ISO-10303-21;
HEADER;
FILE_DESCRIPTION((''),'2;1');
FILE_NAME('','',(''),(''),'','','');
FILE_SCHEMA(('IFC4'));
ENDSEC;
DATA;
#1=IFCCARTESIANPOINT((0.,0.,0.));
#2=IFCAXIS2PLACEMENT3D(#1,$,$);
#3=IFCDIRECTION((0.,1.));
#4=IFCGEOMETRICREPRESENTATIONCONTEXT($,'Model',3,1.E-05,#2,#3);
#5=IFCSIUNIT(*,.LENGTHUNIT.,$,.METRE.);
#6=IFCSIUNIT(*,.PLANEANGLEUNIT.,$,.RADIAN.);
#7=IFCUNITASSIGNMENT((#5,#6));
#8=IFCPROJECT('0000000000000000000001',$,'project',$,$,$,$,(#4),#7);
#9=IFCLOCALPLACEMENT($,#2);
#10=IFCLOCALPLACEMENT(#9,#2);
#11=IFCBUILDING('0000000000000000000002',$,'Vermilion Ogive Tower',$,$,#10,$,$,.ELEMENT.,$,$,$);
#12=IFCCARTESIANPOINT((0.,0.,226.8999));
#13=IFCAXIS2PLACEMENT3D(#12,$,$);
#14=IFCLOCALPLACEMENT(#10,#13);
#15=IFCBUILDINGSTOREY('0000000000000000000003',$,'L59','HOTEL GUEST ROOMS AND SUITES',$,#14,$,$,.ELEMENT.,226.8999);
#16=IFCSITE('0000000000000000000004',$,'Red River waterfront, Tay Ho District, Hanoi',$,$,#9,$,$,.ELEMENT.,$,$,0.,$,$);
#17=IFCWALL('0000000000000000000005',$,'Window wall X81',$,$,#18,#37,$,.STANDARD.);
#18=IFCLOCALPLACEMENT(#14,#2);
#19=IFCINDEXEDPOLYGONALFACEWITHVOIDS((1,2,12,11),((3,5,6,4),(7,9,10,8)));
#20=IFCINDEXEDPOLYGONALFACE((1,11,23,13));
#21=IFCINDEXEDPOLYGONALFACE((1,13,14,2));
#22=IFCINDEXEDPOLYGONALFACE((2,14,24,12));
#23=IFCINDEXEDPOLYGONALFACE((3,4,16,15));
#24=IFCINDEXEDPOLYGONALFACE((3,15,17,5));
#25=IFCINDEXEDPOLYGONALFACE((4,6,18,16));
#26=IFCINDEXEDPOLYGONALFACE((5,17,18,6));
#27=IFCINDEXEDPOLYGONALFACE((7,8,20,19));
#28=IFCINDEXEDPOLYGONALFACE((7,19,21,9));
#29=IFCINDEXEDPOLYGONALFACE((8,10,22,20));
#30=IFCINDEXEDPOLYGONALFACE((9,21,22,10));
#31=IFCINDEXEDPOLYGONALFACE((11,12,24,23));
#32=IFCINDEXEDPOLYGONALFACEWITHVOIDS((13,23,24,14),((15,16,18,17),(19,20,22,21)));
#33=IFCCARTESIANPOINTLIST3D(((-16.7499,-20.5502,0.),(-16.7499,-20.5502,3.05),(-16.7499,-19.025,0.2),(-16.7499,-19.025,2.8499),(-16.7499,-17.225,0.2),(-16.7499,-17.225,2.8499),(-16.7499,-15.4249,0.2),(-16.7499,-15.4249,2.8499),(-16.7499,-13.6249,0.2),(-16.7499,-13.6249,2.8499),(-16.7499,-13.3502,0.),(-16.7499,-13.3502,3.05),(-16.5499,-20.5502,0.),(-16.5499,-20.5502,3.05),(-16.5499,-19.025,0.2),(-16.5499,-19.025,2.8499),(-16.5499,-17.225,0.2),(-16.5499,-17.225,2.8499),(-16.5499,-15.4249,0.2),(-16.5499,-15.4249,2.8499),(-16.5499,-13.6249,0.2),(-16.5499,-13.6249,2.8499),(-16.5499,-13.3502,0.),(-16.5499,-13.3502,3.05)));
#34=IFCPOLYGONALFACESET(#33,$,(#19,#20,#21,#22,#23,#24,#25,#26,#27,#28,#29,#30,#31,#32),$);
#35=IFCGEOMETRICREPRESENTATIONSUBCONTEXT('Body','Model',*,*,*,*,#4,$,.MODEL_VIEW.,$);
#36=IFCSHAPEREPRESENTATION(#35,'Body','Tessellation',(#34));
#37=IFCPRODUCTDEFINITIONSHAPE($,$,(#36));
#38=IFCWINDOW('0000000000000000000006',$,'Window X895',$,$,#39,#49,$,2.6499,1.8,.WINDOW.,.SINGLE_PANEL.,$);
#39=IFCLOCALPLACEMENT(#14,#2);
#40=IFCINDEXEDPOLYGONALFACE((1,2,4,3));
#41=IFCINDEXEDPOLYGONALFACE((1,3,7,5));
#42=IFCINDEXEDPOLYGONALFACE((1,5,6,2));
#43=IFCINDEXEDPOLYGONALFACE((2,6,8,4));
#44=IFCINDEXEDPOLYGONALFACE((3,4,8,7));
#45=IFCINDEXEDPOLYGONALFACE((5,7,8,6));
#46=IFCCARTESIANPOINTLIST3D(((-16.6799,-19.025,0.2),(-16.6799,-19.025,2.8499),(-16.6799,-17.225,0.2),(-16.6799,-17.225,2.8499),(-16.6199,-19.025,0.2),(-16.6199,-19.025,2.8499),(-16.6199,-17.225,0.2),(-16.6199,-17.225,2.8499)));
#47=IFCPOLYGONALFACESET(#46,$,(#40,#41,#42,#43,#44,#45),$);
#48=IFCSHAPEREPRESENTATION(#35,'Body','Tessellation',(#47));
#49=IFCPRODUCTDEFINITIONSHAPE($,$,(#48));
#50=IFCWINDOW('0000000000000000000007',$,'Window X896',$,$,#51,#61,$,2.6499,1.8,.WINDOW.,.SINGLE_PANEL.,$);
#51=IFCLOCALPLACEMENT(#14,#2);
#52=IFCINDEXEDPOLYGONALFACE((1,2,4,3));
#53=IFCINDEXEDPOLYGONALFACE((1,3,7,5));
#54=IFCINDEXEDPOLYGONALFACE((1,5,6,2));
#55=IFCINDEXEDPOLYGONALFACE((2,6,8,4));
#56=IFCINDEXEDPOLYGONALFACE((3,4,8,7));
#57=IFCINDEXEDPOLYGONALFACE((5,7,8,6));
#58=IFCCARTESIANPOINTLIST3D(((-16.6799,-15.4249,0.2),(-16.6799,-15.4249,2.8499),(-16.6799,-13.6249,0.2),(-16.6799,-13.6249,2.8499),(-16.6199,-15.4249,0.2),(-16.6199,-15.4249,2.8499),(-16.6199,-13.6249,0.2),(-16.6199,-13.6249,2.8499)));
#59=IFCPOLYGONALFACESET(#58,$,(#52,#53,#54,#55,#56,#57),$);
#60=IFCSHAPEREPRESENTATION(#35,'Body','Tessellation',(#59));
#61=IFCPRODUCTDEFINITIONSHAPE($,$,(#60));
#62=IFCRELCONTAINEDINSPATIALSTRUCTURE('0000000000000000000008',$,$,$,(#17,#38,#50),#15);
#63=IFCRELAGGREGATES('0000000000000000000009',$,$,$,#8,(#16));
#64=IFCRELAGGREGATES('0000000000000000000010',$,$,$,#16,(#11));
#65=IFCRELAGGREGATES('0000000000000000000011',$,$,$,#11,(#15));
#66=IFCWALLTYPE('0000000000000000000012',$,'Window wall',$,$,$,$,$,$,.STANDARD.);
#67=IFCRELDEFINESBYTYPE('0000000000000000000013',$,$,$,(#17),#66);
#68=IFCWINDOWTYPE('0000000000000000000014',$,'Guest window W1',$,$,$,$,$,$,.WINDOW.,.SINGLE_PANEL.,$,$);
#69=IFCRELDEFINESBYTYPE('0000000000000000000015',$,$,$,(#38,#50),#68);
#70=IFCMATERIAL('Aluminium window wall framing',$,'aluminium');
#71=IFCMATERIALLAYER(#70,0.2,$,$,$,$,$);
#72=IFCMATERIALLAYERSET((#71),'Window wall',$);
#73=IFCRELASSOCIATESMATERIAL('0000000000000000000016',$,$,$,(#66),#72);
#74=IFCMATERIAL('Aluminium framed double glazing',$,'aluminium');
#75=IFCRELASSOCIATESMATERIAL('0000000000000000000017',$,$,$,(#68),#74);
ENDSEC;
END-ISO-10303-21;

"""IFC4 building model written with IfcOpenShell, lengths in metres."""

from ifc_helpers import new_model, si_unit, direction, frame, frame_2d, origin, place, context, subcontext, project, spatial, rectangle, extrude, material, layer, layer_set, type_object, element, fill, save


model = new_model("IFC4")

# Units and contexts
model_context = context("Model", 3, precision=1e-05, world=origin(), true_north=direction((0.0, 1.0)))
body_context = subcontext(model_context, "Body", "Model", "MODEL_VIEW")
ifc_project = project(units=[si_unit("LENGTHUNIT", "METRE"), si_unit("PLANEANGLEUNIT", "RADIAN")], contexts=[model_context])

# Site, building, storey
site_placement = place(None, origin())
site = spatial("IfcSite", under=ifc_project, at=site_placement, Name="Red River waterfront, Tay Ho District, Hanoi", CompositionType="ELEMENT", RefElevation=0.0)
building_placement = place(site_placement, origin())
building = spatial("IfcBuilding", under=site, at=building_placement, Name="Vermilion Ogive Tower", CompositionType="ELEMENT")
storey_placement = place(building_placement, frame((0.0, 0.0, 226.8999)))
storey = spatial("IfcBuildingStorey", under=building, at=storey_placement, Name="L59", Description="HOTEL GUEST ROOMS AND SUITES", CompositionType="ELEMENT", Elevation=226.8999)

# Shared definitions
ifc_material_1 = material(Name="Aluminium window wall framing", Category="aluminium")
ifc_layer_1 = layer(ifc_material_1, 0.2)
ifc_layer_set_1 = layer_set([ifc_layer_1], Name="Window wall")
wall_type_1 = type_object("IfcWallType", Name="Window wall", PredefinedType="STANDARD", material=ifc_layer_set_1)

# Wall, openings, windows
wall_1_placement = place(storey_placement, frame((-16.6499, -13.3501, 0.0), z_axis=(0.0, 0.0, 1.0), x_axis=(0.0, -1.0, 0.0)))
wall_1 = element("IfcWall", 1, at=wall_1_placement, inside=storey, type_object=wall_type_1, Name="Window wall X81", PredefinedType="STANDARD", context=body_context, shape_type="SweptSolid", body=[
    extrude(rectangle(XDim=7.2, YDim=0.2, at=frame_2d((3.6001, 0.0))), origin(), (0.0, 0.0, 1.0), 3.05),
])
opening_1_placement = place(wall_1_placement, frame((3.875, 0.0, 0.2)))
opening_1 = element("IfcOpeningElement", 2, at=opening_1_placement, cuts=wall_1, PredefinedType="OPENING", context=body_context, shape_type="SweptSolid", body=[
    extrude(rectangle(XDim=1.8, YDim=2.6499, at=frame_2d((0.8999, 1.325))), frame((0.0, 0.1099, 0.0), z_axis=(0.0, -1.0, 0.0), x_axis=(1.0, 0.0, 0.0)), (0.0, 0.0, 1.0), 0.22),
])
opening_2_placement = place(wall_1_placement, frame((0.2749, 0.0, 0.2)))
opening_2 = element("IfcOpeningElement", 3, at=opening_2_placement, cuts=wall_1, PredefinedType="OPENING", context=body_context, shape_type="SweptSolid", body=[
    extrude(rectangle(XDim=1.8, YDim=2.6499, at=frame_2d((0.8999, 1.325))), frame((0.0, 0.1099, 0.0), z_axis=(0.0, -1.0, 0.0), x_axis=(1.0, 0.0, 0.0)), (0.0, 0.0, 1.0), 0.22),
])
ifc_material_2 = material(Name="Aluminium framed double glazing", Category="aluminium")
window_type = type_object("IfcWindowType", Name="Guest window W1", PartitioningType="SINGLE_PANEL", PredefinedType="WINDOW", material=ifc_material_2)
window_1_placement = place(opening_1_placement, origin())
window_1 = element("IfcWindow", 4, at=window_1_placement, inside=storey, type_object=window_type, Name="Window X895", OverallHeight=2.6499, OverallWidth=1.8, PartitioningType="SINGLE_PANEL", PredefinedType="WINDOW", context=body_context, shape_type="SweptSolid", body=[
    extrude(rectangle(XDim=1.8, YDim=2.6499, at=frame_2d((0.8999, 1.325))), frame((0.0, 0.03, 0.0), z_axis=(0.0, -1.0, 0.0), x_axis=(1.0, 0.0, 0.0)), (0.0, 0.0, 1.0), 0.0601),
])
fill(opening_1, window_1)
window_2_placement = place(opening_2_placement, origin())
window_2 = element("IfcWindow", 5, at=window_2_placement, inside=storey, type_object=window_type, Name="Window X896", OverallHeight=2.6499, OverallWidth=1.8, PartitioningType="SINGLE_PANEL", PredefinedType="WINDOW", context=body_context, shape_type="SweptSolid", body=[
    extrude(rectangle(XDim=1.8, YDim=2.6499, at=frame_2d((0.8999, 1.325))), frame((0.0, 0.03, 0.0), z_axis=(0.0, -1.0, 0.0), x_axis=(1.0, 0.0, 0.0)), (0.0, 0.0, 1.0), 0.0601),
])
fill(opening_2, window_2)

save(model, "model.ifc")
